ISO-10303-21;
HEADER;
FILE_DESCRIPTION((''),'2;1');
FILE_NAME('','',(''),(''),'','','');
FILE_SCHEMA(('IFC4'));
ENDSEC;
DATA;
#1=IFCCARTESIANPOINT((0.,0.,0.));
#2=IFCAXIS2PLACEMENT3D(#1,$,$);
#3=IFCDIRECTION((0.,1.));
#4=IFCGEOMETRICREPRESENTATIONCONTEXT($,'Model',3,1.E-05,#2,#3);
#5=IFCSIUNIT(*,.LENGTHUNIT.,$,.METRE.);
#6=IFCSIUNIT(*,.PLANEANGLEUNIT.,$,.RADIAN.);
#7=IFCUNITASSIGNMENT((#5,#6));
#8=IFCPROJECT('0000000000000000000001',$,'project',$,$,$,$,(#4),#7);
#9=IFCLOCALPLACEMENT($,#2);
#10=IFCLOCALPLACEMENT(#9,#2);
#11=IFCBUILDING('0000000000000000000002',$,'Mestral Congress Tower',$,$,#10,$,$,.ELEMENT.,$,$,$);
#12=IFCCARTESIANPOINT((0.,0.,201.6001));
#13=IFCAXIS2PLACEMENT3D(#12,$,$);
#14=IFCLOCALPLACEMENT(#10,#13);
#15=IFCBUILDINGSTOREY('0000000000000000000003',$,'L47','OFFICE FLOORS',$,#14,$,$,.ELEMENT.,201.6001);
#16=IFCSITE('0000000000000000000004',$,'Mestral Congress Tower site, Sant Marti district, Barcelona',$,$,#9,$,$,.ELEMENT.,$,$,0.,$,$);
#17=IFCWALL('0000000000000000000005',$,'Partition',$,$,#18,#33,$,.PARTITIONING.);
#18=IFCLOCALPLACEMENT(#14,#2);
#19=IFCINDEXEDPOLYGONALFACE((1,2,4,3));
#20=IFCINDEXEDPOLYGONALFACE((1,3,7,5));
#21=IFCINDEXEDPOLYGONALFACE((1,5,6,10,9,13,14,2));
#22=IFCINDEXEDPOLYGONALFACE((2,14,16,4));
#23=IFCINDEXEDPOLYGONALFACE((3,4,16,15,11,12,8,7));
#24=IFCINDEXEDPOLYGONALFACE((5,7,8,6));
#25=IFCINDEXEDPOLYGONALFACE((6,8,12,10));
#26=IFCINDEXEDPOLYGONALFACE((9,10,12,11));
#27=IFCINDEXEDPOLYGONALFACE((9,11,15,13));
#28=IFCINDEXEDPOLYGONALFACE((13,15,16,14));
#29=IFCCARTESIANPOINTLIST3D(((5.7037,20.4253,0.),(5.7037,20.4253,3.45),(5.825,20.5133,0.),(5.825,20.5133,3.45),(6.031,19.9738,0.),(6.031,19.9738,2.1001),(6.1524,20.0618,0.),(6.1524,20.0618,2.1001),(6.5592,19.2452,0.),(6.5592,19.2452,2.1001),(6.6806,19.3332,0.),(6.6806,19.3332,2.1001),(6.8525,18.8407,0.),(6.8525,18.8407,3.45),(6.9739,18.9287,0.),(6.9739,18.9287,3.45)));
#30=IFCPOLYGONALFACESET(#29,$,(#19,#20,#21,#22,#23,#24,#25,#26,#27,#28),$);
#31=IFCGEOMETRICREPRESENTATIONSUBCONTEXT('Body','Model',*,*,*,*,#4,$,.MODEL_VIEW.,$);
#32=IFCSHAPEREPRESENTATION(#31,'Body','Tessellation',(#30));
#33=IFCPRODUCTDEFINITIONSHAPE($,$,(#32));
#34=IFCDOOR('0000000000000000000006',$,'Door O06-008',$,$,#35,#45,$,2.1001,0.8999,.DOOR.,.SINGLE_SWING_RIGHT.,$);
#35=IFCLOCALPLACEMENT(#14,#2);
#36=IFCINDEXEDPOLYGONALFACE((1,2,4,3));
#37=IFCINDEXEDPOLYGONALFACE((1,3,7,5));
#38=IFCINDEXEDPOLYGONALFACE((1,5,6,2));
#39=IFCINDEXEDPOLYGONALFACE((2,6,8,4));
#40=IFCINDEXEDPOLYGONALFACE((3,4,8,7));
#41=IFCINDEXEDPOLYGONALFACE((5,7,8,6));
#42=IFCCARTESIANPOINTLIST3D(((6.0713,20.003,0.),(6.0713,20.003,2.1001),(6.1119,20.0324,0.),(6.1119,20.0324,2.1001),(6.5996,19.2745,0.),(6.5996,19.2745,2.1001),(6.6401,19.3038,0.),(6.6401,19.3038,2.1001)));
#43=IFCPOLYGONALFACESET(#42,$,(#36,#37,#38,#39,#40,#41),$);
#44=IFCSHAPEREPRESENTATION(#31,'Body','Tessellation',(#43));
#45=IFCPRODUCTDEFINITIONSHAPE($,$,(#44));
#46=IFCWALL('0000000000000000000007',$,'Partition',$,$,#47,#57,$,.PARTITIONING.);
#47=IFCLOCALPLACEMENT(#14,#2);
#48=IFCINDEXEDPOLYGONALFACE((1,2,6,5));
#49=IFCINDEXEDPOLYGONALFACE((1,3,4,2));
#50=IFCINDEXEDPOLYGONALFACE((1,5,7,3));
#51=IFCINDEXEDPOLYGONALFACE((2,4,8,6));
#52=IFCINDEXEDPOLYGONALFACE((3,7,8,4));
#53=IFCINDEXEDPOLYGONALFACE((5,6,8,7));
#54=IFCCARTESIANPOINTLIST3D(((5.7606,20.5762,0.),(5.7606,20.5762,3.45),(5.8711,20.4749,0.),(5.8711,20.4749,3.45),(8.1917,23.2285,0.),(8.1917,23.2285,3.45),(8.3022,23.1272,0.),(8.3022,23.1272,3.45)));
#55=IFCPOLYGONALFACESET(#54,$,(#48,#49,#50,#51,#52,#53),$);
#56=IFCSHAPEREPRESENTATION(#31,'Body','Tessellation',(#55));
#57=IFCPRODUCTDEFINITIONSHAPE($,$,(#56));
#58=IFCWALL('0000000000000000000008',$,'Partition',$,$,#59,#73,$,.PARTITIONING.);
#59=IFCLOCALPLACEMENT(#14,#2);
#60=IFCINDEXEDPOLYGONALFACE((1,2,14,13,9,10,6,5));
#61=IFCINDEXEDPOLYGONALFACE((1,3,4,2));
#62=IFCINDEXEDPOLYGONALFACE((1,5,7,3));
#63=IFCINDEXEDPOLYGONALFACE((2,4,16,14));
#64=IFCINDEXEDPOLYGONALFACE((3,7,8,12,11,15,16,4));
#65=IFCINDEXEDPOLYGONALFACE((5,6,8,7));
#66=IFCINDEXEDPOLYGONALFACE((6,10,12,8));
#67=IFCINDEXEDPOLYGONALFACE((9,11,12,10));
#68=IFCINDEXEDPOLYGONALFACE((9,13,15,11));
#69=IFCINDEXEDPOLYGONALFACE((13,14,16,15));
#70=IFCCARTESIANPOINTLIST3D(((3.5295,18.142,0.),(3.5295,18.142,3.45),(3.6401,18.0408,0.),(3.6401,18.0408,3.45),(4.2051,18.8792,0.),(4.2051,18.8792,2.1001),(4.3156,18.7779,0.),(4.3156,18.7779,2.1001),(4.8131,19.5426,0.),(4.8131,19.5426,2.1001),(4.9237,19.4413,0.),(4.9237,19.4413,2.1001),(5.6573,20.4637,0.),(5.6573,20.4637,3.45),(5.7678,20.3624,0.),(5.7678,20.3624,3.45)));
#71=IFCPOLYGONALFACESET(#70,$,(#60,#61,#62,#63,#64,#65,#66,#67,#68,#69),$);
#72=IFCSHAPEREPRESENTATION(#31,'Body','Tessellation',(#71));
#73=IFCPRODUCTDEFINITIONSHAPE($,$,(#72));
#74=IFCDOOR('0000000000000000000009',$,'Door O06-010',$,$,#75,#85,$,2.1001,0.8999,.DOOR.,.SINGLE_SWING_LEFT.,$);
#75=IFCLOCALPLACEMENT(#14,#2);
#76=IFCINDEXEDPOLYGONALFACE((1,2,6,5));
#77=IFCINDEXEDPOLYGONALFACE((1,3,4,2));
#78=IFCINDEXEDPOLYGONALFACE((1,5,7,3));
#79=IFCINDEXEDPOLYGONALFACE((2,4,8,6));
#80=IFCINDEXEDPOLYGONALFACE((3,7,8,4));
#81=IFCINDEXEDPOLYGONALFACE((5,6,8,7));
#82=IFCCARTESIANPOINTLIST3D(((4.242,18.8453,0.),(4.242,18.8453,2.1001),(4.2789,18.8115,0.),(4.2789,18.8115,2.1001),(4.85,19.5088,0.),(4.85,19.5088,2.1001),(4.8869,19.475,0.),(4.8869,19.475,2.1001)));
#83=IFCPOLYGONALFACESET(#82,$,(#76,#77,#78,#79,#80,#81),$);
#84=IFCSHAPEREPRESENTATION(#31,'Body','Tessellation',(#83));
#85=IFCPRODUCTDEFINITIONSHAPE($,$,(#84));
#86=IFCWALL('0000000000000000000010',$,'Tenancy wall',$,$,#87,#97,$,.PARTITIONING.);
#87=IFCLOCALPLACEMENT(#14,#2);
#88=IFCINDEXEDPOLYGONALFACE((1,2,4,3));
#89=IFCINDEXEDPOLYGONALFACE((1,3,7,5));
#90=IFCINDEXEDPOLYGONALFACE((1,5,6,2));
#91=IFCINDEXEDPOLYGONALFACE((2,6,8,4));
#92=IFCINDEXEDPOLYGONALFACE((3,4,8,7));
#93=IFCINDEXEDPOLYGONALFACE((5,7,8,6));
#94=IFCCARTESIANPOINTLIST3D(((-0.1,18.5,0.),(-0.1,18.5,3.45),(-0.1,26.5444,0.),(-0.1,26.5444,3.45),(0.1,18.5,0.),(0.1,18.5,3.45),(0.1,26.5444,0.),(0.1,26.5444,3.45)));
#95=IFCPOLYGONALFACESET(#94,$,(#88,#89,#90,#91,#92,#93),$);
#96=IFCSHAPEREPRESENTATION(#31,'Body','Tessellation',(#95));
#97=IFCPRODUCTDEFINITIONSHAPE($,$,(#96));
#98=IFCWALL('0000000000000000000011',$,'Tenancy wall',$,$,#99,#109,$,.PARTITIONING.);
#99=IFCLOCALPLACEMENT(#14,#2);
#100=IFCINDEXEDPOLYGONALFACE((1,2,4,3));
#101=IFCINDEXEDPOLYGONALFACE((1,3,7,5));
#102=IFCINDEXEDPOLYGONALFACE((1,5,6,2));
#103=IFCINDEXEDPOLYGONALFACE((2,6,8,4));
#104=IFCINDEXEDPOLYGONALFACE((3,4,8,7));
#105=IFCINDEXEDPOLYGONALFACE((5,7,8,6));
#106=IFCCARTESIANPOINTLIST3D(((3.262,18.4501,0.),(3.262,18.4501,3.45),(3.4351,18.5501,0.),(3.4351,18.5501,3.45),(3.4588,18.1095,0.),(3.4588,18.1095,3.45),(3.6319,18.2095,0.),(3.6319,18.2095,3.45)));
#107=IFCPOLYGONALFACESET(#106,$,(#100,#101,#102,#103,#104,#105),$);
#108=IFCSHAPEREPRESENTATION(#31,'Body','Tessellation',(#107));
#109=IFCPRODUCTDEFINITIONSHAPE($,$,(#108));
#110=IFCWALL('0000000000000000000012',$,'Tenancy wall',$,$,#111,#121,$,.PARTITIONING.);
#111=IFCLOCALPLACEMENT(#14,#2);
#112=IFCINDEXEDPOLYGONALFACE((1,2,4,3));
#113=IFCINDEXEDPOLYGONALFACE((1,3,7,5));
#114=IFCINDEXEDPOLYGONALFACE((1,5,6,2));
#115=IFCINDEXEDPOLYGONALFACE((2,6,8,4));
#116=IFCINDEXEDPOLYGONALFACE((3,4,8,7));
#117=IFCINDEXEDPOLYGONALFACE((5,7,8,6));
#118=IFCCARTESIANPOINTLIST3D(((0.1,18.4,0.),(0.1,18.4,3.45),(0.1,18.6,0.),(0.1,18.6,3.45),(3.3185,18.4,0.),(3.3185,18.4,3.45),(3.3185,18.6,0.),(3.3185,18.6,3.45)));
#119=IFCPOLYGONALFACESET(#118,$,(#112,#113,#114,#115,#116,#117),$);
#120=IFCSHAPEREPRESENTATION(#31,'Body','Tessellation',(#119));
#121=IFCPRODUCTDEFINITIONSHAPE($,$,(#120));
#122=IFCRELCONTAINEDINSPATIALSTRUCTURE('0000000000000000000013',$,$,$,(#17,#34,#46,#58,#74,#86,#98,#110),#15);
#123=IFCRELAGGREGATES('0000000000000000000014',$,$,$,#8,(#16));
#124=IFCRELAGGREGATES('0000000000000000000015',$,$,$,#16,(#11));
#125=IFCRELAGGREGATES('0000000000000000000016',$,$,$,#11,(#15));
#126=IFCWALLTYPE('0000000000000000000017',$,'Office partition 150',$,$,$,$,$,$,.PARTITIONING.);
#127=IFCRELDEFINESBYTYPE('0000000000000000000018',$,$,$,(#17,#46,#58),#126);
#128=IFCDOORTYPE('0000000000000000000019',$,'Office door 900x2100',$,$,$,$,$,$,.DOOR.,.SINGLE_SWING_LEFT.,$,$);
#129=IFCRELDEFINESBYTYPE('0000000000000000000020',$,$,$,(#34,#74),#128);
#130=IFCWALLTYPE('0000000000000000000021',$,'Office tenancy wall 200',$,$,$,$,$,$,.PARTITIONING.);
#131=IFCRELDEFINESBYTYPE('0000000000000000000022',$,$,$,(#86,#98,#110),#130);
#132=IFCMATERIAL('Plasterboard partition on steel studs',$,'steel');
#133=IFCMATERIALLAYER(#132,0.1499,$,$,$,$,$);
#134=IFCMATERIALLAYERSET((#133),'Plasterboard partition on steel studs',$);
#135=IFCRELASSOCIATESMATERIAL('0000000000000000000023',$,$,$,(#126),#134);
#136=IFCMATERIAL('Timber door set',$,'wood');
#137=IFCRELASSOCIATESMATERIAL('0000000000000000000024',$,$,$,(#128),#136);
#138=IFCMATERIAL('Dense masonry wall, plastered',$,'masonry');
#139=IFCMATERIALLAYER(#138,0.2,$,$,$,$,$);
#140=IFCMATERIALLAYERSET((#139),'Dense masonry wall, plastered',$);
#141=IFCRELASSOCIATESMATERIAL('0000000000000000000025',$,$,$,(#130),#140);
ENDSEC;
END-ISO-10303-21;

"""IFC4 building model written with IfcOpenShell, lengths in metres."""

from ifc_helpers import new_model, si_unit, direction, frame, frame_2d, origin, place, context, subcontext, project, spatial, rectangle, extrude, material, layer, layer_set, type_object, element, fill, save


model = new_model("IFC4")

# Units and contexts
model_context = context("Model", 3, precision=1e-05, world=origin(), true_north=direction((0.0, 1.0)))
body_context = subcontext(model_context, "Body", "Model", "MODEL_VIEW")
ifc_project = project(units=[si_unit("LENGTHUNIT", "METRE"), si_unit("PLANEANGLEUNIT", "RADIAN")], contexts=[model_context])

# Site, building, storey
site_placement = place(None, origin())
site = spatial("IfcSite", under=ifc_project, at=site_placement, Name="Mestral Congress Tower site, Sant Marti district, Barcelona", CompositionType="ELEMENT", RefElevation=0.0)
building_placement = place(site_placement, origin())
building = spatial("IfcBuilding", under=site, at=building_placement, Name="Mestral Congress Tower", CompositionType="ELEMENT")
storey_placement = place(building_placement, frame((0.0, 0.0, 201.6001)))
storey = spatial("IfcBuildingStorey", under=building, at=storey_placement, Name="L47", Description="OFFICE FLOORS", CompositionType="ELEMENT", Elevation=201.6001)

# Shared definitions
ifc_material_1 = material(Name="Plasterboard partition on steel studs", Category="steel")
ifc_layer_1 = layer(ifc_material_1, 0.1499)
ifc_layer_set_1 = layer_set([ifc_layer_1], Name="Plasterboard partition on steel studs")
wall_type_1 = type_object("IfcWallType", Name="Office partition 150", PredefinedType="PARTITIONING", material=ifc_layer_set_1)

# Shared definitions
ifc_material_2 = material(Name="Timber door set", Category="wood")
door_type = type_object("IfcDoorType", Name="Office door 900x2100", OperationType="SINGLE_SWING_LEFT", PredefinedType="DOOR", material=ifc_material_2)

# Wall, opening, door
wall_1_placement = place(storey_placement, frame((5.7644, 20.4692, 0.0), z_axis=(0.0, 0.0, 1.0), x_axis=(0.58697, -0.809609, 0.0)))
wall_1 = element("IfcWall", 1, at=wall_1_placement, inside=storey, type_object=wall_type_1, Name="Partition", PredefinedType="PARTITIONING", context=body_context, shape_type="SweptSolid", body=[
    extrude(rectangle(XDim=1.9573, YDim=0.1499, at=frame_2d((0.9785, 0.0))), origin(), (0.0, 0.0, 1.0), 3.45),
])
opening_1_placement = place(wall_1_placement, frame((0.5576, 0.0, 0.0)))
opening_1 = element("IfcOpeningElement", 2, at=opening_1_placement, cuts=wall_1, PredefinedType="OPENING", context=body_context, shape_type="SweptSolid", body=[
    extrude(rectangle(XDim=0.8999, YDim=2.1001, at=frame_2d((0.45, 1.05))), frame((0.0, 0.085, 0.0), z_axis=(0.0, -1.0, 0.0), x_axis=(1.0, 0.0, 0.0)), (0.0, 0.0, 1.0), 0.1699),
])
door_1_placement = place(opening_1_placement, origin())
door_1 = element("IfcDoor", 3, at=door_1_placement, inside=storey, type_object=door_type, Name="Door O06-008", OperationType="SINGLE_SWING_RIGHT", OverallHeight=2.1001, OverallWidth=0.8999, PredefinedType="DOOR", context=body_context, shape_type="SweptSolid", body=[
    extrude(rectangle(XDim=0.8999, YDim=2.1001, at=frame_2d((0.45, 1.05))), frame((0.0, 0.0249, 0.0), z_axis=(0.0, -1.0, 0.0), x_axis=(1.0, 0.0, 0.0)), (0.0, 0.0, 1.0), 0.05),
])
fill(opening_1, door_1)

# Wall
wall_2_placement = place(storey_placement, frame((5.8159, 20.5256, 0.0), z_axis=(0.0, 0.0, 1.0), x_axis=(0.6757, 0.737177, 0.0)))
element("IfcWall", 4, at=wall_2_placement, inside=storey, type_object=wall_type_1, Name="Partition", PredefinedType="PARTITIONING", context=body_context, shape_type="SweptSolid", body=[
    extrude(rectangle(XDim=3.5979, YDim=0.1499, at=frame_2d((1.7988, 0.0))), origin(), (0.0, 0.0, 1.0), 3.45),
])

# Wall, opening, door
wall_3_placement = place(storey_placement, frame((3.5847, 18.0913, 0.0), z_axis=(0.0, 0.0, 1.0), x_axis=(0.675658, 0.737215, 0.0)))
wall_3 = element("IfcWall", 5, at=wall_3_placement, inside=storey, type_object=wall_type_1, Name="Partition", PredefinedType="PARTITIONING", context=body_context, shape_type="SweptSolid", body=[
    extrude(rectangle(XDim=3.1492, YDim=0.1499, at=frame_2d((1.5747, 0.0))), origin(), (0.0, 0.0, 1.0), 3.45),
])
opening_2_placement = place(wall_3_placement, frame((1.0, 0.0, 0.0)))
opening_2 = element("IfcOpeningElement", 6, at=opening_2_placement, cuts=wall_3, PredefinedType="OPENING", context=body_context, shape_type="SweptSolid", body=[
    extrude(rectangle(XDim=0.8999, YDim=2.1001, at=frame_2d((0.45, 1.05))), frame((0.0, 0.085, 0.0), z_axis=(0.0, -1.0, 0.0), x_axis=(1.0, 0.0, 0.0)), (0.0, 0.0, 1.0), 0.1699),
])
door_2_placement = place(opening_2_placement, origin())
door_2 = element("IfcDoor", 7, at=door_2_placement, inside=storey, type_object=door_type, Name="Door O06-010", OperationType="SINGLE_SWING_LEFT", OverallHeight=2.1001, OverallWidth=0.8999, PredefinedType="DOOR", context=body_context, shape_type="SweptSolid", body=[
    extrude(rectangle(XDim=0.8999, YDim=2.1001, at=frame_2d((0.45, 1.05))), frame((0.0, 0.0249, 0.0), z_axis=(0.0, -1.0, 0.0), x_axis=(1.0, 0.0, 0.0)), (0.0, 0.0, 1.0), 0.05),
])
fill(opening_2, door_2)

# Walls
ifc_material_3 = material(Name="Dense masonry wall, plastered", Category="masonry")
ifc_layer_2 = layer(ifc_material_3, 0.2)
ifc_layer_set_2 = layer_set([ifc_layer_2], Name="Dense masonry wall, plastered")
wall_type_2 = type_object("IfcWallType", Name="Office tenancy wall 200", PredefinedType="PARTITIONING", material=ifc_layer_set_2)
wall_4_placement = place(storey_placement, frame((0.0, 18.5, 0.0), z_axis=(0.0, 0.0, 1.0), x_axis=(0.0, 1.0, 0.0)))
element("IfcWall", 8, at=wall_4_placement, inside=storey, type_object=wall_type_2, Name="Tenancy wall", PredefinedType="PARTITIONING", context=body_context, shape_type="SweptSolid", body=[
    extrude(rectangle(XDim=8.0444, YDim=0.2, at=frame_2d((4.0222, 0.0))), origin(), (0.0, 0.0, 1.0), 3.45),
])
wall_5_placement = place(storey_placement, frame((3.5454, 18.1594, 0.0), z_axis=(0.0, 0.0, 1.0), x_axis=(-0.500278, 0.865865, 0.0)))
element("IfcWall", 9, at=wall_5_placement, inside=storey, type_object=wall_type_2, Name="Tenancy wall", PredefinedType="PARTITIONING", context=body_context, shape_type="SweptSolid", body=[
    extrude(rectangle(XDim=0.3933, YDim=0.2, at=frame_2d((0.1968, 0.0))), origin(), (0.0, 0.0, 1.0), 3.45),
])
wall_6_placement = place(storey_placement, frame((3.3186, 18.5, 0.0), z_axis=(0.0, 0.0, 1.0), x_axis=(-1.0, 0.0, 0.0)))
element("IfcWall", 10, at=wall_6_placement, inside=storey, type_object=wall_type_2, Name="Tenancy wall", PredefinedType="PARTITIONING", context=body_context, shape_type="SweptSolid", body=[
    extrude(rectangle(XDim=3.2185, YDim=0.2, at=frame_2d((1.6094, 0.0))), origin(), (0.0, 0.0, 1.0), 3.45),
])

save(model, "model.ifc")
